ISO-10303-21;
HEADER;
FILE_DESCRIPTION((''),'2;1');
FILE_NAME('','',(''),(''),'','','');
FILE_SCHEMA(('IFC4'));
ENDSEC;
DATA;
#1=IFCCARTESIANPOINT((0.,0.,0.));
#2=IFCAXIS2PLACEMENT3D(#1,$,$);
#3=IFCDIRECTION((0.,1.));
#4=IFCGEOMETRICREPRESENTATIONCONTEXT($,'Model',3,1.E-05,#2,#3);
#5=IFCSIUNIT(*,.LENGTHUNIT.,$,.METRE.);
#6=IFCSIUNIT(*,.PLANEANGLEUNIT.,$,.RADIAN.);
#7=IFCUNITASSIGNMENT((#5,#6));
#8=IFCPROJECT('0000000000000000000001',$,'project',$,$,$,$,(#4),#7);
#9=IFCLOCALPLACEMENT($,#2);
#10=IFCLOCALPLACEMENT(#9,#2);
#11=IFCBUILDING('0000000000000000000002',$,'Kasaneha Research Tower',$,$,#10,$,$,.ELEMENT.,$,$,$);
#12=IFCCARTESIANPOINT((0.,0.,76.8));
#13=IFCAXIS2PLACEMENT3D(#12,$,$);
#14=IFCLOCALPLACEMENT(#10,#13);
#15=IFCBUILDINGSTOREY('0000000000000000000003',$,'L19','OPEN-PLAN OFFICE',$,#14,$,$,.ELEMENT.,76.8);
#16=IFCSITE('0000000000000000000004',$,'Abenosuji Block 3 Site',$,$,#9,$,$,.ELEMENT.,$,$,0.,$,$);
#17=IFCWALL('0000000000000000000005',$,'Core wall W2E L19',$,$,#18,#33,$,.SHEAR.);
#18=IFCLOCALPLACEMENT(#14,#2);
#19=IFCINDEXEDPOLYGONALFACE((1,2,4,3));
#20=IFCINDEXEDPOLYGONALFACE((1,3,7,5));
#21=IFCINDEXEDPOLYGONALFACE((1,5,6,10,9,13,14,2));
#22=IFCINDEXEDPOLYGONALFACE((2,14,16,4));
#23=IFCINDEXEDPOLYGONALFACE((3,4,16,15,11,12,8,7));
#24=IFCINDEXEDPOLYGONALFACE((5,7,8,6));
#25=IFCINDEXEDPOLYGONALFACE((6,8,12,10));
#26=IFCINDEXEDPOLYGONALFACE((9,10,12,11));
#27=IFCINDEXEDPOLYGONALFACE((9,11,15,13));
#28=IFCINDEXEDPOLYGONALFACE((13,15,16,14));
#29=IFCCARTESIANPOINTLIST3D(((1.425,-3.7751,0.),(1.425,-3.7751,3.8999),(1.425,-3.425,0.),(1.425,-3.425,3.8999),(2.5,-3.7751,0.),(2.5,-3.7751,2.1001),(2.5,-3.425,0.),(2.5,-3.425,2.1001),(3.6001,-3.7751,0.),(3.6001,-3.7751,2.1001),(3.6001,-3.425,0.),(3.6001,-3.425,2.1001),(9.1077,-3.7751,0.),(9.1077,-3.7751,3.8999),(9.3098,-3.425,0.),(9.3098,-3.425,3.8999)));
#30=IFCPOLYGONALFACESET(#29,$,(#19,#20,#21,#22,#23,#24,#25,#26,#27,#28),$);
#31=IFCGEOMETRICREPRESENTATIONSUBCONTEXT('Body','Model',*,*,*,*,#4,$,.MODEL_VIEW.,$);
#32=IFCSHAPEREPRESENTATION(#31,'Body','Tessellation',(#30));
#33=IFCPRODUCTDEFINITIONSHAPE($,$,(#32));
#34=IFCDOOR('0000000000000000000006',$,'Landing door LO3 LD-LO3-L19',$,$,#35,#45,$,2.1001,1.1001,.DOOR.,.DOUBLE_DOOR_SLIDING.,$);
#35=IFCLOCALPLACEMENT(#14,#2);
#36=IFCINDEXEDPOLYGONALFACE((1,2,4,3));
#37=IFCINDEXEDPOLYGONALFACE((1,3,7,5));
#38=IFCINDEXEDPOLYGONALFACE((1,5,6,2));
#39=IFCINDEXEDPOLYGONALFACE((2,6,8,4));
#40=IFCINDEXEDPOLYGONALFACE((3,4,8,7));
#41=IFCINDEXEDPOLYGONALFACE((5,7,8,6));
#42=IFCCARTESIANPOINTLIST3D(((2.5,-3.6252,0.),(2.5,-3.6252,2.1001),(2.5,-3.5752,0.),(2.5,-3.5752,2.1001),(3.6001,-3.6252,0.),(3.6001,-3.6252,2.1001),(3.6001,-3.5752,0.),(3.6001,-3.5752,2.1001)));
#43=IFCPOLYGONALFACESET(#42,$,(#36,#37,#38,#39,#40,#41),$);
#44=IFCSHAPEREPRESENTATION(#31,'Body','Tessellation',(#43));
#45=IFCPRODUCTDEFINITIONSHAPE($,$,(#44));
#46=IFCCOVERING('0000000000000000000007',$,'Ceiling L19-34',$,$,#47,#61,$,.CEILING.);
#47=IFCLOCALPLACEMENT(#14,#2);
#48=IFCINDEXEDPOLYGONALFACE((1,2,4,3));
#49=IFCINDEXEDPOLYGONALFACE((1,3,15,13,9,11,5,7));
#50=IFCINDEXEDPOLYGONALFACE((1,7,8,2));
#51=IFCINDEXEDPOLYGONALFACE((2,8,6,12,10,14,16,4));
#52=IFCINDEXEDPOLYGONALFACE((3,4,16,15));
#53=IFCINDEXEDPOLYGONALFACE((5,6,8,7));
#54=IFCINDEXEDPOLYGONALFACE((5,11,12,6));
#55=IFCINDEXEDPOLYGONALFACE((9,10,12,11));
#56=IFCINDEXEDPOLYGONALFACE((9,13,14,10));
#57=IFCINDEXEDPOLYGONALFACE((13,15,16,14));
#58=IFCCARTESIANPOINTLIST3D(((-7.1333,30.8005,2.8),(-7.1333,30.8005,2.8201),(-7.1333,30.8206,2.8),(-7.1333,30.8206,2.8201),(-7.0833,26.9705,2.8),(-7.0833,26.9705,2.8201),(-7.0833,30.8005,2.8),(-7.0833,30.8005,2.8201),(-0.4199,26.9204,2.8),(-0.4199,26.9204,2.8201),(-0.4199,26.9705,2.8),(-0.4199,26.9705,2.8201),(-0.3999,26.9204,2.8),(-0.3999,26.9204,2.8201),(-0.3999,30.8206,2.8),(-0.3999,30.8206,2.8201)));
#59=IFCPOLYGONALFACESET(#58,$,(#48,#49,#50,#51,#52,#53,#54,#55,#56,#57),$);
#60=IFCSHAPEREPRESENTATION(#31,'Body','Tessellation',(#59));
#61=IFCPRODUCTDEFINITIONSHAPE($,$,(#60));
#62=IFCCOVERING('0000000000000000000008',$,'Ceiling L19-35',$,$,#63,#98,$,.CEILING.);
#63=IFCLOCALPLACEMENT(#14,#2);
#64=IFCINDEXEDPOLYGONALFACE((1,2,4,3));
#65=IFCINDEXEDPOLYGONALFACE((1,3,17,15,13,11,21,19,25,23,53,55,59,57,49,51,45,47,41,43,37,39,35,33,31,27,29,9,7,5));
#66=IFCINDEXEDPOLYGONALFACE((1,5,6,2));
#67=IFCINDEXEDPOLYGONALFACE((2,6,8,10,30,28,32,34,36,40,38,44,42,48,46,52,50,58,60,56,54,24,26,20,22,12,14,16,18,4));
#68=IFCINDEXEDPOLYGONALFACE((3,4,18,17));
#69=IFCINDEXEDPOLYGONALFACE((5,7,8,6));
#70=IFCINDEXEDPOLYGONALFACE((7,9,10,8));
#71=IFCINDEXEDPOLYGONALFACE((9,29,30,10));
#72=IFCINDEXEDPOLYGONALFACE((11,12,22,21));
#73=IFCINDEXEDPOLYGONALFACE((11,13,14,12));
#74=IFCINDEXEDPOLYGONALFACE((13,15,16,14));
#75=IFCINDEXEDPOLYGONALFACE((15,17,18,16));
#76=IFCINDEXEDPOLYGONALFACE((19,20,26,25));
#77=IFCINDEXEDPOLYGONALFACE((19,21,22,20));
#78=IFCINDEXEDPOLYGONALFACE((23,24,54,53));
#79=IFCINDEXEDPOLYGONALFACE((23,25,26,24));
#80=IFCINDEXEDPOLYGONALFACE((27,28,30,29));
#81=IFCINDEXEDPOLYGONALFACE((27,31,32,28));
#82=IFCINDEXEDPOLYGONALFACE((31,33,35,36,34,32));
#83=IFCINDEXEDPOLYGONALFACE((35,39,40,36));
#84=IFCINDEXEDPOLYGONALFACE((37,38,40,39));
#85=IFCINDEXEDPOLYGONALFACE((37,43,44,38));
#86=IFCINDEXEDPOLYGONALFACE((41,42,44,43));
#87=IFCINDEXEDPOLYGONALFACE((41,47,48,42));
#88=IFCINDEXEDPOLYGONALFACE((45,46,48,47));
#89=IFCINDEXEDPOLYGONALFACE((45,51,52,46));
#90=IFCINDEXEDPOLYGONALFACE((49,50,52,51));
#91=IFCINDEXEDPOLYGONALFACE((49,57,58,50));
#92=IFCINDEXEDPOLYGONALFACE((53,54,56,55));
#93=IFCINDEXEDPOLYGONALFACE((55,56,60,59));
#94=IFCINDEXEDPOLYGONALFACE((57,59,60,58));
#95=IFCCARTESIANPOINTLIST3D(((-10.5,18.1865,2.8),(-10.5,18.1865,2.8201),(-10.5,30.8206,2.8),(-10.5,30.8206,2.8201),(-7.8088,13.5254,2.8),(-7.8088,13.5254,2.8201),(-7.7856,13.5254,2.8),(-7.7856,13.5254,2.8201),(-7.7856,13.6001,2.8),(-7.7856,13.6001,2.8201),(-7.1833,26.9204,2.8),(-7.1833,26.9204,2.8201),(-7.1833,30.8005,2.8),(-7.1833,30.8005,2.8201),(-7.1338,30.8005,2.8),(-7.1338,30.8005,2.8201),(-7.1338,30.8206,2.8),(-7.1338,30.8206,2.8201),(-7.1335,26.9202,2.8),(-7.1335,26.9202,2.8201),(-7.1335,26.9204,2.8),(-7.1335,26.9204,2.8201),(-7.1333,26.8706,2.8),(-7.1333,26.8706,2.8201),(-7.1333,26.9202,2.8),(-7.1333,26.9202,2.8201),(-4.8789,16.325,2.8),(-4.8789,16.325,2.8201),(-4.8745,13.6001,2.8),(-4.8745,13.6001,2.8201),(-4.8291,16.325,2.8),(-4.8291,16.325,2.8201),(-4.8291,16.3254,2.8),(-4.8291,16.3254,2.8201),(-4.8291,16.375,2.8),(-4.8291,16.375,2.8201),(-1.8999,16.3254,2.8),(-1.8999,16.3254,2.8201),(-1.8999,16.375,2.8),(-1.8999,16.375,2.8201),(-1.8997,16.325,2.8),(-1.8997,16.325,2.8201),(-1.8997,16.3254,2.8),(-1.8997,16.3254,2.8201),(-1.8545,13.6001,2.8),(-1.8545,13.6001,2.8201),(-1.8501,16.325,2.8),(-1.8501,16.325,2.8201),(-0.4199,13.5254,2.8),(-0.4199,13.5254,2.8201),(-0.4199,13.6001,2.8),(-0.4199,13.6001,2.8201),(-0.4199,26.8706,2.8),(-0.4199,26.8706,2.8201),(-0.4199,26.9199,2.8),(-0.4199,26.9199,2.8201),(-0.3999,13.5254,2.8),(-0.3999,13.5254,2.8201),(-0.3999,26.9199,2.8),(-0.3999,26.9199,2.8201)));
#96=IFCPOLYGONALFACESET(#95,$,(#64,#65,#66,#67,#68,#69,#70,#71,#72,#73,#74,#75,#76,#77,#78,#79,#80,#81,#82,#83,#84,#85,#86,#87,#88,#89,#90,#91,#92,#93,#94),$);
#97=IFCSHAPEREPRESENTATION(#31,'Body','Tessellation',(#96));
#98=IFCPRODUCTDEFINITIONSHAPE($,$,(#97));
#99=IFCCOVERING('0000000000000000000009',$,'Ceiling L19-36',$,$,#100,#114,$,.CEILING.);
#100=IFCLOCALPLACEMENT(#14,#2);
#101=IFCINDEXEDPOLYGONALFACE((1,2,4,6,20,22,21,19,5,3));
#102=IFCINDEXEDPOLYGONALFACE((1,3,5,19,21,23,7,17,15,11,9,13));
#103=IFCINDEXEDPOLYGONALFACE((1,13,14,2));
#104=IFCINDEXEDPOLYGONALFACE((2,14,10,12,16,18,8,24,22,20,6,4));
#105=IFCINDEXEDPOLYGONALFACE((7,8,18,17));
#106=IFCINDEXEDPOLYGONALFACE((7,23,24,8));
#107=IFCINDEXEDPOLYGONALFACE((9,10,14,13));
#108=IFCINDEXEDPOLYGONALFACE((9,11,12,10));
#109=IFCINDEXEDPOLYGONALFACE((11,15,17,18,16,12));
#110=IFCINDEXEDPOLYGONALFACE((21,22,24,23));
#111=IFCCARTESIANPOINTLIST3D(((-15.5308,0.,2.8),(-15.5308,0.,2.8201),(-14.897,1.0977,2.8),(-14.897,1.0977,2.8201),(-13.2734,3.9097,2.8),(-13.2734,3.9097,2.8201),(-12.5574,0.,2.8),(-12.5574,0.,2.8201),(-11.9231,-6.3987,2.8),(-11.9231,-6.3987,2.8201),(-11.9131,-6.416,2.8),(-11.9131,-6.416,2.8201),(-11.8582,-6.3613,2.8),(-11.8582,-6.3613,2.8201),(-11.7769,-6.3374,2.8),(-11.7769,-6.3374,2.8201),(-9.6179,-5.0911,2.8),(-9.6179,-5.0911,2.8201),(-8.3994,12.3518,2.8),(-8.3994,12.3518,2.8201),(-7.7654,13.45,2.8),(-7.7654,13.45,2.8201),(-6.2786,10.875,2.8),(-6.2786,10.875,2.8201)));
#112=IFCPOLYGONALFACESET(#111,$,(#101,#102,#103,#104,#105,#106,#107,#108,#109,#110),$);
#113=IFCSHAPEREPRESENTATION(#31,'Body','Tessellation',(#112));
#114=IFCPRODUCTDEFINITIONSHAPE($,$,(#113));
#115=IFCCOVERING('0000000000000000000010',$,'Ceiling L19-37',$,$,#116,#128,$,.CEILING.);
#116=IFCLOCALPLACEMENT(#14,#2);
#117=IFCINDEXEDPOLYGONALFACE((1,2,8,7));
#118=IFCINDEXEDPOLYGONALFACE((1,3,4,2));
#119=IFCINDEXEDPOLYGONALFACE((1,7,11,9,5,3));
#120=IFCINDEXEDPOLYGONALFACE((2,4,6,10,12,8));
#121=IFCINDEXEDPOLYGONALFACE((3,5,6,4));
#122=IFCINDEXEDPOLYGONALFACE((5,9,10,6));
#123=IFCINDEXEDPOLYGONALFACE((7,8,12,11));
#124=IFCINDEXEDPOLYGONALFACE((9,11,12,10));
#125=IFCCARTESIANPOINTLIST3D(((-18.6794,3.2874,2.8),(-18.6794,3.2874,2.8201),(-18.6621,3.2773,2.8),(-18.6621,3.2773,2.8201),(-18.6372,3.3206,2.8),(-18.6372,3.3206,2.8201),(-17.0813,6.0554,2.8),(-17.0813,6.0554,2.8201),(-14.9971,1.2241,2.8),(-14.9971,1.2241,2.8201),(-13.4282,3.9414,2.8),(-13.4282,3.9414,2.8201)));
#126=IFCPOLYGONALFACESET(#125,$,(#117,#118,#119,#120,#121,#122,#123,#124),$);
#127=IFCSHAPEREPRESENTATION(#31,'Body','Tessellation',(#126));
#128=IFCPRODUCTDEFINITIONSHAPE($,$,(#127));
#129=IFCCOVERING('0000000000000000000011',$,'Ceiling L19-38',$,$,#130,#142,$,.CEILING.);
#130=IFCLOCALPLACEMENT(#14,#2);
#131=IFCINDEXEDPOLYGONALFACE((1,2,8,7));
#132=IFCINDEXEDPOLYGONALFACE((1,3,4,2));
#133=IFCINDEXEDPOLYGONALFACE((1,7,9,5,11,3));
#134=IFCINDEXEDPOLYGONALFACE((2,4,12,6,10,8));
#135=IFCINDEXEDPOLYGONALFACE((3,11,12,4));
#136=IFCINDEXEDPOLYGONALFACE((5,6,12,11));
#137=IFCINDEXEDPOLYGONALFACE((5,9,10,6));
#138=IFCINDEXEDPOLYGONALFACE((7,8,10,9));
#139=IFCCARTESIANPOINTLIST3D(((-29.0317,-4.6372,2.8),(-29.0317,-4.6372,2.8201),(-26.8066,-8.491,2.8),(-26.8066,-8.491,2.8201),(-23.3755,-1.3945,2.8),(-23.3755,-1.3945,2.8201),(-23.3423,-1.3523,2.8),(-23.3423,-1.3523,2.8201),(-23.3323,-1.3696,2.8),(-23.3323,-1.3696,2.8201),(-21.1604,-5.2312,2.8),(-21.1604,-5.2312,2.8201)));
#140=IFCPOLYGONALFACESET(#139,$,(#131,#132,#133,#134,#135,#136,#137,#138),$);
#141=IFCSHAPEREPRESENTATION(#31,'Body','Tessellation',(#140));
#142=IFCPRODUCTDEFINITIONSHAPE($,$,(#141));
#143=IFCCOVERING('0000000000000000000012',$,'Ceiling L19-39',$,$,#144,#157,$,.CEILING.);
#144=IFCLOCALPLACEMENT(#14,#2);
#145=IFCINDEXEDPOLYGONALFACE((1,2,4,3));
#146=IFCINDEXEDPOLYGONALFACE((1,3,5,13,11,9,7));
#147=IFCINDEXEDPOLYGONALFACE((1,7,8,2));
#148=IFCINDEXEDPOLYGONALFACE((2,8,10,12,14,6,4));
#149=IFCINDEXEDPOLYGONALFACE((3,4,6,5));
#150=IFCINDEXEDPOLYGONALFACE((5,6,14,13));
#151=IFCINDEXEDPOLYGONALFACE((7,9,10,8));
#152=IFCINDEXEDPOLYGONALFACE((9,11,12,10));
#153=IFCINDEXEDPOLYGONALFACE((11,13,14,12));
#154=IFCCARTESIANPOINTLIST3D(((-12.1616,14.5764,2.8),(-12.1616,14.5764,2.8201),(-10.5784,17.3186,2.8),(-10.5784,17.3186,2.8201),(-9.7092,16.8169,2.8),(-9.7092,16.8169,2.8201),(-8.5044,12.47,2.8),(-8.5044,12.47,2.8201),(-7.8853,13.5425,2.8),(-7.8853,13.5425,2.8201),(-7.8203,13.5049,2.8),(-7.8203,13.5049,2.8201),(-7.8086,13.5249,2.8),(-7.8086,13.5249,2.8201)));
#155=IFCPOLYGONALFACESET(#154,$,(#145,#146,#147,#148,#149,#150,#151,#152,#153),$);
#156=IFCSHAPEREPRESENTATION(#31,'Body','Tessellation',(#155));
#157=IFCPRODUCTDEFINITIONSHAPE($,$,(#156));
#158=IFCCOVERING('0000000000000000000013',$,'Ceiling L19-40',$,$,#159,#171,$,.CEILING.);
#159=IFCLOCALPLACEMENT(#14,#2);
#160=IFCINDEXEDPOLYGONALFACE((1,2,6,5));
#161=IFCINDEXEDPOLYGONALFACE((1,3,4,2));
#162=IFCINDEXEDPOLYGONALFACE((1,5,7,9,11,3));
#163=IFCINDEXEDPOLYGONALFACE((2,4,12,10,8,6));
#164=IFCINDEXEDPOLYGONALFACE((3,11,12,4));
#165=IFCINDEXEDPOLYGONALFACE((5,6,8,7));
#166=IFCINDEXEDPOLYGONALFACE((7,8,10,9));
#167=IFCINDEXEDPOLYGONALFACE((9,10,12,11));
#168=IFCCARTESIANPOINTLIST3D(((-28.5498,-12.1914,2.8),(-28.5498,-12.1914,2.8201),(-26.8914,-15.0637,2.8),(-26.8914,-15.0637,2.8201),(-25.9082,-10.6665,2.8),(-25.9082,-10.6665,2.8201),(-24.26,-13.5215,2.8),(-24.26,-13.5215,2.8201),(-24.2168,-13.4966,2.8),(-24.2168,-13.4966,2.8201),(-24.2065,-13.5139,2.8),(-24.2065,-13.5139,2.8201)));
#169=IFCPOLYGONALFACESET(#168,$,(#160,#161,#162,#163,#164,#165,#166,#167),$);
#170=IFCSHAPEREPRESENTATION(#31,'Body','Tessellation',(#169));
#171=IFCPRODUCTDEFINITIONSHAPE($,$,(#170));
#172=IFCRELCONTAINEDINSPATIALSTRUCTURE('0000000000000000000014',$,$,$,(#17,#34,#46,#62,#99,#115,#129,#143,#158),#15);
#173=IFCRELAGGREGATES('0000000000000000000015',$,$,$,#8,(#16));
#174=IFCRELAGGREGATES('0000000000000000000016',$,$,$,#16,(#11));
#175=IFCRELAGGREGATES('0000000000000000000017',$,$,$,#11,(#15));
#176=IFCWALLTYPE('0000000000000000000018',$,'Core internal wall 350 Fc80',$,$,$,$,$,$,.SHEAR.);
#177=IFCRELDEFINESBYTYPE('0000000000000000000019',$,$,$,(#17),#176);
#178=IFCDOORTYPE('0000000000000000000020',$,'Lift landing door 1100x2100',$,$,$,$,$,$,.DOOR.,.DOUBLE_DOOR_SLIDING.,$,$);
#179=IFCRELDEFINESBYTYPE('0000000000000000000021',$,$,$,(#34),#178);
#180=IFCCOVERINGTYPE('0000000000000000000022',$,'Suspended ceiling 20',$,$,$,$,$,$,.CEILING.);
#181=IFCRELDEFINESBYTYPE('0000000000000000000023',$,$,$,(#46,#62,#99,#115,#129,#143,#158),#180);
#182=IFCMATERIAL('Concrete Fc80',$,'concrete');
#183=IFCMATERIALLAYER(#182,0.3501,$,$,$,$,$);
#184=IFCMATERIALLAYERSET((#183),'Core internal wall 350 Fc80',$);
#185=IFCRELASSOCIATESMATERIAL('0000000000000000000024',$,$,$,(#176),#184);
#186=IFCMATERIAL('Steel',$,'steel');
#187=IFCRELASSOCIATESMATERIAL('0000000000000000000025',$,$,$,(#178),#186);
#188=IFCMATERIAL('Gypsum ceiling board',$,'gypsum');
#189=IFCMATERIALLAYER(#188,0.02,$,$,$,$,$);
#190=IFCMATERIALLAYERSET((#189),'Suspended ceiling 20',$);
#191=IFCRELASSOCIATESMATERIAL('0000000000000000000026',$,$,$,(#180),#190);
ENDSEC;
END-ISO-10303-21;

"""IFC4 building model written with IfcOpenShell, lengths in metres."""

from ifc_helpers import new_model, si_unit, direction, frame, frame_2d, origin, place, context, subcontext, project, spatial, polyline, rectangle, outline, extrude, material, layer, layer_set, type_object, element, fill, save


model = new_model("IFC4")

# Units and contexts
model_context = context("Model", 3, precision=1e-05, world=origin(), true_north=direction((0.0, 1.0)))
body_context = subcontext(model_context, "Body", "Model", "MODEL_VIEW")
ifc_project = project(units=[si_unit("LENGTHUNIT", "METRE"), si_unit("PLANEANGLEUNIT", "RADIAN")], contexts=[model_context])

# Site, building, storey
site_placement = place(None, origin())
site = spatial("IfcSite", under=ifc_project, at=site_placement, Name="Abenosuji Block 3 Site", CompositionType="ELEMENT", RefElevation=0.0)
building_placement = place(site_placement, origin())
building = spatial("IfcBuilding", under=site, at=building_placement, Name="Kasaneha Research Tower", CompositionType="ELEMENT")
storey_placement = place(building_placement, frame((0.0, 0.0, 76.8)))
storey = spatial("IfcBuildingStorey", under=building, at=storey_placement, Name="L19", Description="OPEN-PLAN OFFICE", CompositionType="ELEMENT", Elevation=76.8)

# Wall, opening, door
ifc_material_1 = material(Name="Concrete Fc80", Category="concrete")
ifc_layer_1 = layer(ifc_material_1, 0.3501)
ifc_layer_set_1 = layer_set([ifc_layer_1], Name="Core internal wall 350 Fc80")
wall_type = type_object("IfcWallType", Name="Core internal wall 350 Fc80", PredefinedType="SHEAR", material=ifc_layer_set_1)
wall_placement = place(storey_placement, frame((1.425, -3.6001, 0.0), z_axis=(0.0, 0.0, 1.0), x_axis=(1.0, 0.0, 0.0)))
wall = element("IfcWall", 1, at=wall_placement, inside=storey, type_object=wall_type, Name="Core wall W2E L19", PredefinedType="SHEAR", context=body_context, shape_type="SweptSolid", body=[
    extrude(outline(polyline([(0.0, -0.175), (1.075, -0.175), (2.175, -0.175), (7.6826, -0.175), (7.8848, 0.175), (2.175, 0.175), (1.075, 0.175), (0.0, 0.175), (0.0, -0.175)])), origin(), (0.0, 0.0, 1.0), 3.8999),
])
opening_placement = place(wall_placement, frame((1.075, 0.0, 0.0)))
opening = element("IfcOpeningElement", 2, at=opening_placement, cuts=wall, PredefinedType="OPENING", context=body_context, shape_type="SweptSolid", body=[
    extrude(rectangle(XDim=1.1001, YDim=2.1001, at=frame_2d((0.55, 1.05))), frame((0.0, 0.1851, 0.0), z_axis=(0.0, -1.0, 0.0), x_axis=(1.0, 0.0, 0.0)), (0.0, 0.0, 1.0), 0.3701),
])
ifc_material_2 = material(Name="Steel", Category="steel")
door_type = type_object("IfcDoorType", Name="Lift landing door 1100x2100", OperationType="DOUBLE_DOOR_SLIDING", PredefinedType="DOOR", material=ifc_material_2)
door_placement = place(opening_placement, origin())
door = element("IfcDoor", 3, at=door_placement, inside=storey, type_object=door_type, Name="Landing door LO3 LD-LO3-L19", OperationType="DOUBLE_DOOR_SLIDING", OverallHeight=2.1001, OverallWidth=1.1001, PredefinedType="DOOR", context=body_context, shape_type="SweptSolid", body=[
    extrude(rectangle(XDim=1.1001, YDim=2.1001, at=frame_2d((0.55, 1.05))), frame((0.0, 0.0249, 0.0), z_axis=(0.0, -1.0, 0.0), x_axis=(1.0, 0.0, 0.0)), (0.0, 0.0, 1.0), 0.05),
])
fill(opening, door)

# Coverings
ifc_material_3 = material(Name="Gypsum ceiling board", Category="gypsum")
ifc_layer_2 = layer(ifc_material_3, 0.02)
ifc_layer_set_2 = layer_set([ifc_layer_2], Name="Suspended ceiling 20")
covering_type = type_object("IfcCoveringType", Name="Suspended ceiling 20", PredefinedType="CEILING", material=ifc_layer_set_2)
covering_1_placement = place(storey_placement, frame((0.0, 0.0, 2.8)))
element("IfcCovering", 4, at=covering_1_placement, inside=storey, type_object=covering_type, Name="Ceiling L19-34", PredefinedType="CEILING", context=body_context, shape_type="SweptSolid", body=[
    extrude(outline(polyline([(-0.3999, 26.9204), (-0.4199, 26.9204), (-0.4199, 26.9705), (-7.0833, 26.9705), (-7.0833, 30.8005), (-7.1333, 30.8005), (-7.1333, 30.8206), (-0.3999, 30.8206), (-0.3999, 26.9204)])), origin(), (0.0, 0.0, 1.0), 0.02),
])
covering_2_placement = place(storey_placement, frame((0.0, 0.0, 2.8)))
element("IfcCovering", 5, at=covering_2_placement, inside=storey, type_object=covering_type, Name="Ceiling L19-35", PredefinedType="CEILING", context=body_context, shape_type="SweptSolid", body=[
    extrude(outline(polyline([(-1.8997, 16.3254), (-1.8999, 16.3254), (-1.8999, 16.375), (-4.8291, 16.375), (-4.8291, 16.3254), (-4.8291, 16.325), (-4.8789, 16.325), (-4.8745, 13.6001), (-7.7856, 13.6001), (-7.7856, 13.5254), (-7.8088, 13.5254), (-10.5, 18.1865), (-10.5, 30.8206), (-7.1338, 30.8206), (-7.1338, 30.8005), (-7.1833, 30.8005), (-7.1833, 26.9204), (-7.1335, 26.9204), (-7.1335, 26.9202), (-7.1333, 26.9202), (-7.1333, 26.8706), (-0.4199, 26.8706), (-0.4199, 26.9199), (-0.3999, 26.9199), (-0.3999, 13.5254), (-0.4199, 13.5254), (-0.4199, 13.6001), (-1.8545, 13.6001), (-1.8501, 16.325), (-1.8997, 16.325), (-1.8997, 16.3254)])), origin(), (0.0, 0.0, 1.0), 0.02),
])
covering_3_placement = place(storey_placement, frame((0.0, 0.0, 2.8)))
element("IfcCovering", 6, at=covering_3_placement, inside=storey, type_object=covering_type, Name="Ceiling L19-36", PredefinedType="CEILING", context=body_context, shape_type="SweptSolid", body=[
    extrude(outline(polyline([(-12.5574, 0.0), (-9.6179, -5.0911), (-11.7769, -6.3374), (-11.9131, -6.416), (-11.9231, -6.3987), (-11.8582, -6.3613), (-15.5308, 0.0), (-14.897, 1.0977), (-14.897, 1.0977), (-13.2734, 3.9097), (-13.2734, 3.9097), (-8.3994, 12.3518), (-8.3994, 12.3518), (-7.7654, 13.45), (-6.2786, 10.875), (-12.5574, 0.0)])), origin(), (0.0, 0.0, 1.0), 0.02),
])
covering_4_placement = place(storey_placement, frame((0.0, 0.0, 2.8)))
element("IfcCovering", 7, at=covering_4_placement, inside=storey, type_object=covering_type, Name="Ceiling L19-37", PredefinedType="CEILING", context=body_context, shape_type="SweptSolid", body=[
    extrude(outline(polyline([(-18.6794, 3.2874), (-17.0813, 6.0554), (-13.4282, 3.9414), (-14.9971, 1.2241), (-18.6372, 3.3206), (-18.6621, 3.2773), (-18.6794, 3.2874)])), origin(), (0.0, 0.0, 1.0), 0.02),
])
covering_5_placement = place(storey_placement, frame((0.0, 0.0, 2.8)))
element("IfcCovering", 8, at=covering_5_placement, inside=storey, type_object=covering_type, Name="Ceiling L19-38", PredefinedType="CEILING", context=body_context, shape_type="SweptSolid", body=[
    extrude(outline(polyline([(-23.3423, -1.3523), (-23.3323, -1.3696), (-23.3755, -1.3945), (-21.1604, -5.2312), (-26.8066, -8.491), (-29.0317, -4.6372), (-23.3423, -1.3523)])), origin(), (0.0, 0.0, 1.0), 0.02),
])
covering_6_placement = place(storey_placement, frame((0.0, 0.0, 2.8)))
element("IfcCovering", 9, at=covering_6_placement, inside=storey, type_object=covering_type, Name="Ceiling L19-39", PredefinedType="CEILING", context=body_context, shape_type="SweptSolid", body=[
    extrude(outline(polyline([(-9.7092, 16.8169), (-7.8086, 13.5249), (-7.8203, 13.5049), (-7.8853, 13.5425), (-8.5044, 12.47), (-12.1616, 14.5764), (-10.5784, 17.3186), (-9.7092, 16.8169)])), origin(), (0.0, 0.0, 1.0), 0.02),
])
covering_7_placement = place(storey_placement, frame((0.0, 0.0, 2.8)))
element("IfcCovering", 10, at=covering_7_placement, inside=storey, type_object=covering_type, Name="Ceiling L19-40", PredefinedType="CEILING", context=body_context, shape_type="SweptSolid", body=[
    extrude(outline(polyline([(-24.2065, -13.5139), (-26.8914, -15.0637), (-28.5498, -12.1914), (-25.9082, -10.6665), (-24.26, -13.5215), (-24.2168, -13.4966), (-24.2065, -13.5139)])), origin(), (0.0, 0.0, 1.0), 0.02),
])

save(model, "model.ifc")
